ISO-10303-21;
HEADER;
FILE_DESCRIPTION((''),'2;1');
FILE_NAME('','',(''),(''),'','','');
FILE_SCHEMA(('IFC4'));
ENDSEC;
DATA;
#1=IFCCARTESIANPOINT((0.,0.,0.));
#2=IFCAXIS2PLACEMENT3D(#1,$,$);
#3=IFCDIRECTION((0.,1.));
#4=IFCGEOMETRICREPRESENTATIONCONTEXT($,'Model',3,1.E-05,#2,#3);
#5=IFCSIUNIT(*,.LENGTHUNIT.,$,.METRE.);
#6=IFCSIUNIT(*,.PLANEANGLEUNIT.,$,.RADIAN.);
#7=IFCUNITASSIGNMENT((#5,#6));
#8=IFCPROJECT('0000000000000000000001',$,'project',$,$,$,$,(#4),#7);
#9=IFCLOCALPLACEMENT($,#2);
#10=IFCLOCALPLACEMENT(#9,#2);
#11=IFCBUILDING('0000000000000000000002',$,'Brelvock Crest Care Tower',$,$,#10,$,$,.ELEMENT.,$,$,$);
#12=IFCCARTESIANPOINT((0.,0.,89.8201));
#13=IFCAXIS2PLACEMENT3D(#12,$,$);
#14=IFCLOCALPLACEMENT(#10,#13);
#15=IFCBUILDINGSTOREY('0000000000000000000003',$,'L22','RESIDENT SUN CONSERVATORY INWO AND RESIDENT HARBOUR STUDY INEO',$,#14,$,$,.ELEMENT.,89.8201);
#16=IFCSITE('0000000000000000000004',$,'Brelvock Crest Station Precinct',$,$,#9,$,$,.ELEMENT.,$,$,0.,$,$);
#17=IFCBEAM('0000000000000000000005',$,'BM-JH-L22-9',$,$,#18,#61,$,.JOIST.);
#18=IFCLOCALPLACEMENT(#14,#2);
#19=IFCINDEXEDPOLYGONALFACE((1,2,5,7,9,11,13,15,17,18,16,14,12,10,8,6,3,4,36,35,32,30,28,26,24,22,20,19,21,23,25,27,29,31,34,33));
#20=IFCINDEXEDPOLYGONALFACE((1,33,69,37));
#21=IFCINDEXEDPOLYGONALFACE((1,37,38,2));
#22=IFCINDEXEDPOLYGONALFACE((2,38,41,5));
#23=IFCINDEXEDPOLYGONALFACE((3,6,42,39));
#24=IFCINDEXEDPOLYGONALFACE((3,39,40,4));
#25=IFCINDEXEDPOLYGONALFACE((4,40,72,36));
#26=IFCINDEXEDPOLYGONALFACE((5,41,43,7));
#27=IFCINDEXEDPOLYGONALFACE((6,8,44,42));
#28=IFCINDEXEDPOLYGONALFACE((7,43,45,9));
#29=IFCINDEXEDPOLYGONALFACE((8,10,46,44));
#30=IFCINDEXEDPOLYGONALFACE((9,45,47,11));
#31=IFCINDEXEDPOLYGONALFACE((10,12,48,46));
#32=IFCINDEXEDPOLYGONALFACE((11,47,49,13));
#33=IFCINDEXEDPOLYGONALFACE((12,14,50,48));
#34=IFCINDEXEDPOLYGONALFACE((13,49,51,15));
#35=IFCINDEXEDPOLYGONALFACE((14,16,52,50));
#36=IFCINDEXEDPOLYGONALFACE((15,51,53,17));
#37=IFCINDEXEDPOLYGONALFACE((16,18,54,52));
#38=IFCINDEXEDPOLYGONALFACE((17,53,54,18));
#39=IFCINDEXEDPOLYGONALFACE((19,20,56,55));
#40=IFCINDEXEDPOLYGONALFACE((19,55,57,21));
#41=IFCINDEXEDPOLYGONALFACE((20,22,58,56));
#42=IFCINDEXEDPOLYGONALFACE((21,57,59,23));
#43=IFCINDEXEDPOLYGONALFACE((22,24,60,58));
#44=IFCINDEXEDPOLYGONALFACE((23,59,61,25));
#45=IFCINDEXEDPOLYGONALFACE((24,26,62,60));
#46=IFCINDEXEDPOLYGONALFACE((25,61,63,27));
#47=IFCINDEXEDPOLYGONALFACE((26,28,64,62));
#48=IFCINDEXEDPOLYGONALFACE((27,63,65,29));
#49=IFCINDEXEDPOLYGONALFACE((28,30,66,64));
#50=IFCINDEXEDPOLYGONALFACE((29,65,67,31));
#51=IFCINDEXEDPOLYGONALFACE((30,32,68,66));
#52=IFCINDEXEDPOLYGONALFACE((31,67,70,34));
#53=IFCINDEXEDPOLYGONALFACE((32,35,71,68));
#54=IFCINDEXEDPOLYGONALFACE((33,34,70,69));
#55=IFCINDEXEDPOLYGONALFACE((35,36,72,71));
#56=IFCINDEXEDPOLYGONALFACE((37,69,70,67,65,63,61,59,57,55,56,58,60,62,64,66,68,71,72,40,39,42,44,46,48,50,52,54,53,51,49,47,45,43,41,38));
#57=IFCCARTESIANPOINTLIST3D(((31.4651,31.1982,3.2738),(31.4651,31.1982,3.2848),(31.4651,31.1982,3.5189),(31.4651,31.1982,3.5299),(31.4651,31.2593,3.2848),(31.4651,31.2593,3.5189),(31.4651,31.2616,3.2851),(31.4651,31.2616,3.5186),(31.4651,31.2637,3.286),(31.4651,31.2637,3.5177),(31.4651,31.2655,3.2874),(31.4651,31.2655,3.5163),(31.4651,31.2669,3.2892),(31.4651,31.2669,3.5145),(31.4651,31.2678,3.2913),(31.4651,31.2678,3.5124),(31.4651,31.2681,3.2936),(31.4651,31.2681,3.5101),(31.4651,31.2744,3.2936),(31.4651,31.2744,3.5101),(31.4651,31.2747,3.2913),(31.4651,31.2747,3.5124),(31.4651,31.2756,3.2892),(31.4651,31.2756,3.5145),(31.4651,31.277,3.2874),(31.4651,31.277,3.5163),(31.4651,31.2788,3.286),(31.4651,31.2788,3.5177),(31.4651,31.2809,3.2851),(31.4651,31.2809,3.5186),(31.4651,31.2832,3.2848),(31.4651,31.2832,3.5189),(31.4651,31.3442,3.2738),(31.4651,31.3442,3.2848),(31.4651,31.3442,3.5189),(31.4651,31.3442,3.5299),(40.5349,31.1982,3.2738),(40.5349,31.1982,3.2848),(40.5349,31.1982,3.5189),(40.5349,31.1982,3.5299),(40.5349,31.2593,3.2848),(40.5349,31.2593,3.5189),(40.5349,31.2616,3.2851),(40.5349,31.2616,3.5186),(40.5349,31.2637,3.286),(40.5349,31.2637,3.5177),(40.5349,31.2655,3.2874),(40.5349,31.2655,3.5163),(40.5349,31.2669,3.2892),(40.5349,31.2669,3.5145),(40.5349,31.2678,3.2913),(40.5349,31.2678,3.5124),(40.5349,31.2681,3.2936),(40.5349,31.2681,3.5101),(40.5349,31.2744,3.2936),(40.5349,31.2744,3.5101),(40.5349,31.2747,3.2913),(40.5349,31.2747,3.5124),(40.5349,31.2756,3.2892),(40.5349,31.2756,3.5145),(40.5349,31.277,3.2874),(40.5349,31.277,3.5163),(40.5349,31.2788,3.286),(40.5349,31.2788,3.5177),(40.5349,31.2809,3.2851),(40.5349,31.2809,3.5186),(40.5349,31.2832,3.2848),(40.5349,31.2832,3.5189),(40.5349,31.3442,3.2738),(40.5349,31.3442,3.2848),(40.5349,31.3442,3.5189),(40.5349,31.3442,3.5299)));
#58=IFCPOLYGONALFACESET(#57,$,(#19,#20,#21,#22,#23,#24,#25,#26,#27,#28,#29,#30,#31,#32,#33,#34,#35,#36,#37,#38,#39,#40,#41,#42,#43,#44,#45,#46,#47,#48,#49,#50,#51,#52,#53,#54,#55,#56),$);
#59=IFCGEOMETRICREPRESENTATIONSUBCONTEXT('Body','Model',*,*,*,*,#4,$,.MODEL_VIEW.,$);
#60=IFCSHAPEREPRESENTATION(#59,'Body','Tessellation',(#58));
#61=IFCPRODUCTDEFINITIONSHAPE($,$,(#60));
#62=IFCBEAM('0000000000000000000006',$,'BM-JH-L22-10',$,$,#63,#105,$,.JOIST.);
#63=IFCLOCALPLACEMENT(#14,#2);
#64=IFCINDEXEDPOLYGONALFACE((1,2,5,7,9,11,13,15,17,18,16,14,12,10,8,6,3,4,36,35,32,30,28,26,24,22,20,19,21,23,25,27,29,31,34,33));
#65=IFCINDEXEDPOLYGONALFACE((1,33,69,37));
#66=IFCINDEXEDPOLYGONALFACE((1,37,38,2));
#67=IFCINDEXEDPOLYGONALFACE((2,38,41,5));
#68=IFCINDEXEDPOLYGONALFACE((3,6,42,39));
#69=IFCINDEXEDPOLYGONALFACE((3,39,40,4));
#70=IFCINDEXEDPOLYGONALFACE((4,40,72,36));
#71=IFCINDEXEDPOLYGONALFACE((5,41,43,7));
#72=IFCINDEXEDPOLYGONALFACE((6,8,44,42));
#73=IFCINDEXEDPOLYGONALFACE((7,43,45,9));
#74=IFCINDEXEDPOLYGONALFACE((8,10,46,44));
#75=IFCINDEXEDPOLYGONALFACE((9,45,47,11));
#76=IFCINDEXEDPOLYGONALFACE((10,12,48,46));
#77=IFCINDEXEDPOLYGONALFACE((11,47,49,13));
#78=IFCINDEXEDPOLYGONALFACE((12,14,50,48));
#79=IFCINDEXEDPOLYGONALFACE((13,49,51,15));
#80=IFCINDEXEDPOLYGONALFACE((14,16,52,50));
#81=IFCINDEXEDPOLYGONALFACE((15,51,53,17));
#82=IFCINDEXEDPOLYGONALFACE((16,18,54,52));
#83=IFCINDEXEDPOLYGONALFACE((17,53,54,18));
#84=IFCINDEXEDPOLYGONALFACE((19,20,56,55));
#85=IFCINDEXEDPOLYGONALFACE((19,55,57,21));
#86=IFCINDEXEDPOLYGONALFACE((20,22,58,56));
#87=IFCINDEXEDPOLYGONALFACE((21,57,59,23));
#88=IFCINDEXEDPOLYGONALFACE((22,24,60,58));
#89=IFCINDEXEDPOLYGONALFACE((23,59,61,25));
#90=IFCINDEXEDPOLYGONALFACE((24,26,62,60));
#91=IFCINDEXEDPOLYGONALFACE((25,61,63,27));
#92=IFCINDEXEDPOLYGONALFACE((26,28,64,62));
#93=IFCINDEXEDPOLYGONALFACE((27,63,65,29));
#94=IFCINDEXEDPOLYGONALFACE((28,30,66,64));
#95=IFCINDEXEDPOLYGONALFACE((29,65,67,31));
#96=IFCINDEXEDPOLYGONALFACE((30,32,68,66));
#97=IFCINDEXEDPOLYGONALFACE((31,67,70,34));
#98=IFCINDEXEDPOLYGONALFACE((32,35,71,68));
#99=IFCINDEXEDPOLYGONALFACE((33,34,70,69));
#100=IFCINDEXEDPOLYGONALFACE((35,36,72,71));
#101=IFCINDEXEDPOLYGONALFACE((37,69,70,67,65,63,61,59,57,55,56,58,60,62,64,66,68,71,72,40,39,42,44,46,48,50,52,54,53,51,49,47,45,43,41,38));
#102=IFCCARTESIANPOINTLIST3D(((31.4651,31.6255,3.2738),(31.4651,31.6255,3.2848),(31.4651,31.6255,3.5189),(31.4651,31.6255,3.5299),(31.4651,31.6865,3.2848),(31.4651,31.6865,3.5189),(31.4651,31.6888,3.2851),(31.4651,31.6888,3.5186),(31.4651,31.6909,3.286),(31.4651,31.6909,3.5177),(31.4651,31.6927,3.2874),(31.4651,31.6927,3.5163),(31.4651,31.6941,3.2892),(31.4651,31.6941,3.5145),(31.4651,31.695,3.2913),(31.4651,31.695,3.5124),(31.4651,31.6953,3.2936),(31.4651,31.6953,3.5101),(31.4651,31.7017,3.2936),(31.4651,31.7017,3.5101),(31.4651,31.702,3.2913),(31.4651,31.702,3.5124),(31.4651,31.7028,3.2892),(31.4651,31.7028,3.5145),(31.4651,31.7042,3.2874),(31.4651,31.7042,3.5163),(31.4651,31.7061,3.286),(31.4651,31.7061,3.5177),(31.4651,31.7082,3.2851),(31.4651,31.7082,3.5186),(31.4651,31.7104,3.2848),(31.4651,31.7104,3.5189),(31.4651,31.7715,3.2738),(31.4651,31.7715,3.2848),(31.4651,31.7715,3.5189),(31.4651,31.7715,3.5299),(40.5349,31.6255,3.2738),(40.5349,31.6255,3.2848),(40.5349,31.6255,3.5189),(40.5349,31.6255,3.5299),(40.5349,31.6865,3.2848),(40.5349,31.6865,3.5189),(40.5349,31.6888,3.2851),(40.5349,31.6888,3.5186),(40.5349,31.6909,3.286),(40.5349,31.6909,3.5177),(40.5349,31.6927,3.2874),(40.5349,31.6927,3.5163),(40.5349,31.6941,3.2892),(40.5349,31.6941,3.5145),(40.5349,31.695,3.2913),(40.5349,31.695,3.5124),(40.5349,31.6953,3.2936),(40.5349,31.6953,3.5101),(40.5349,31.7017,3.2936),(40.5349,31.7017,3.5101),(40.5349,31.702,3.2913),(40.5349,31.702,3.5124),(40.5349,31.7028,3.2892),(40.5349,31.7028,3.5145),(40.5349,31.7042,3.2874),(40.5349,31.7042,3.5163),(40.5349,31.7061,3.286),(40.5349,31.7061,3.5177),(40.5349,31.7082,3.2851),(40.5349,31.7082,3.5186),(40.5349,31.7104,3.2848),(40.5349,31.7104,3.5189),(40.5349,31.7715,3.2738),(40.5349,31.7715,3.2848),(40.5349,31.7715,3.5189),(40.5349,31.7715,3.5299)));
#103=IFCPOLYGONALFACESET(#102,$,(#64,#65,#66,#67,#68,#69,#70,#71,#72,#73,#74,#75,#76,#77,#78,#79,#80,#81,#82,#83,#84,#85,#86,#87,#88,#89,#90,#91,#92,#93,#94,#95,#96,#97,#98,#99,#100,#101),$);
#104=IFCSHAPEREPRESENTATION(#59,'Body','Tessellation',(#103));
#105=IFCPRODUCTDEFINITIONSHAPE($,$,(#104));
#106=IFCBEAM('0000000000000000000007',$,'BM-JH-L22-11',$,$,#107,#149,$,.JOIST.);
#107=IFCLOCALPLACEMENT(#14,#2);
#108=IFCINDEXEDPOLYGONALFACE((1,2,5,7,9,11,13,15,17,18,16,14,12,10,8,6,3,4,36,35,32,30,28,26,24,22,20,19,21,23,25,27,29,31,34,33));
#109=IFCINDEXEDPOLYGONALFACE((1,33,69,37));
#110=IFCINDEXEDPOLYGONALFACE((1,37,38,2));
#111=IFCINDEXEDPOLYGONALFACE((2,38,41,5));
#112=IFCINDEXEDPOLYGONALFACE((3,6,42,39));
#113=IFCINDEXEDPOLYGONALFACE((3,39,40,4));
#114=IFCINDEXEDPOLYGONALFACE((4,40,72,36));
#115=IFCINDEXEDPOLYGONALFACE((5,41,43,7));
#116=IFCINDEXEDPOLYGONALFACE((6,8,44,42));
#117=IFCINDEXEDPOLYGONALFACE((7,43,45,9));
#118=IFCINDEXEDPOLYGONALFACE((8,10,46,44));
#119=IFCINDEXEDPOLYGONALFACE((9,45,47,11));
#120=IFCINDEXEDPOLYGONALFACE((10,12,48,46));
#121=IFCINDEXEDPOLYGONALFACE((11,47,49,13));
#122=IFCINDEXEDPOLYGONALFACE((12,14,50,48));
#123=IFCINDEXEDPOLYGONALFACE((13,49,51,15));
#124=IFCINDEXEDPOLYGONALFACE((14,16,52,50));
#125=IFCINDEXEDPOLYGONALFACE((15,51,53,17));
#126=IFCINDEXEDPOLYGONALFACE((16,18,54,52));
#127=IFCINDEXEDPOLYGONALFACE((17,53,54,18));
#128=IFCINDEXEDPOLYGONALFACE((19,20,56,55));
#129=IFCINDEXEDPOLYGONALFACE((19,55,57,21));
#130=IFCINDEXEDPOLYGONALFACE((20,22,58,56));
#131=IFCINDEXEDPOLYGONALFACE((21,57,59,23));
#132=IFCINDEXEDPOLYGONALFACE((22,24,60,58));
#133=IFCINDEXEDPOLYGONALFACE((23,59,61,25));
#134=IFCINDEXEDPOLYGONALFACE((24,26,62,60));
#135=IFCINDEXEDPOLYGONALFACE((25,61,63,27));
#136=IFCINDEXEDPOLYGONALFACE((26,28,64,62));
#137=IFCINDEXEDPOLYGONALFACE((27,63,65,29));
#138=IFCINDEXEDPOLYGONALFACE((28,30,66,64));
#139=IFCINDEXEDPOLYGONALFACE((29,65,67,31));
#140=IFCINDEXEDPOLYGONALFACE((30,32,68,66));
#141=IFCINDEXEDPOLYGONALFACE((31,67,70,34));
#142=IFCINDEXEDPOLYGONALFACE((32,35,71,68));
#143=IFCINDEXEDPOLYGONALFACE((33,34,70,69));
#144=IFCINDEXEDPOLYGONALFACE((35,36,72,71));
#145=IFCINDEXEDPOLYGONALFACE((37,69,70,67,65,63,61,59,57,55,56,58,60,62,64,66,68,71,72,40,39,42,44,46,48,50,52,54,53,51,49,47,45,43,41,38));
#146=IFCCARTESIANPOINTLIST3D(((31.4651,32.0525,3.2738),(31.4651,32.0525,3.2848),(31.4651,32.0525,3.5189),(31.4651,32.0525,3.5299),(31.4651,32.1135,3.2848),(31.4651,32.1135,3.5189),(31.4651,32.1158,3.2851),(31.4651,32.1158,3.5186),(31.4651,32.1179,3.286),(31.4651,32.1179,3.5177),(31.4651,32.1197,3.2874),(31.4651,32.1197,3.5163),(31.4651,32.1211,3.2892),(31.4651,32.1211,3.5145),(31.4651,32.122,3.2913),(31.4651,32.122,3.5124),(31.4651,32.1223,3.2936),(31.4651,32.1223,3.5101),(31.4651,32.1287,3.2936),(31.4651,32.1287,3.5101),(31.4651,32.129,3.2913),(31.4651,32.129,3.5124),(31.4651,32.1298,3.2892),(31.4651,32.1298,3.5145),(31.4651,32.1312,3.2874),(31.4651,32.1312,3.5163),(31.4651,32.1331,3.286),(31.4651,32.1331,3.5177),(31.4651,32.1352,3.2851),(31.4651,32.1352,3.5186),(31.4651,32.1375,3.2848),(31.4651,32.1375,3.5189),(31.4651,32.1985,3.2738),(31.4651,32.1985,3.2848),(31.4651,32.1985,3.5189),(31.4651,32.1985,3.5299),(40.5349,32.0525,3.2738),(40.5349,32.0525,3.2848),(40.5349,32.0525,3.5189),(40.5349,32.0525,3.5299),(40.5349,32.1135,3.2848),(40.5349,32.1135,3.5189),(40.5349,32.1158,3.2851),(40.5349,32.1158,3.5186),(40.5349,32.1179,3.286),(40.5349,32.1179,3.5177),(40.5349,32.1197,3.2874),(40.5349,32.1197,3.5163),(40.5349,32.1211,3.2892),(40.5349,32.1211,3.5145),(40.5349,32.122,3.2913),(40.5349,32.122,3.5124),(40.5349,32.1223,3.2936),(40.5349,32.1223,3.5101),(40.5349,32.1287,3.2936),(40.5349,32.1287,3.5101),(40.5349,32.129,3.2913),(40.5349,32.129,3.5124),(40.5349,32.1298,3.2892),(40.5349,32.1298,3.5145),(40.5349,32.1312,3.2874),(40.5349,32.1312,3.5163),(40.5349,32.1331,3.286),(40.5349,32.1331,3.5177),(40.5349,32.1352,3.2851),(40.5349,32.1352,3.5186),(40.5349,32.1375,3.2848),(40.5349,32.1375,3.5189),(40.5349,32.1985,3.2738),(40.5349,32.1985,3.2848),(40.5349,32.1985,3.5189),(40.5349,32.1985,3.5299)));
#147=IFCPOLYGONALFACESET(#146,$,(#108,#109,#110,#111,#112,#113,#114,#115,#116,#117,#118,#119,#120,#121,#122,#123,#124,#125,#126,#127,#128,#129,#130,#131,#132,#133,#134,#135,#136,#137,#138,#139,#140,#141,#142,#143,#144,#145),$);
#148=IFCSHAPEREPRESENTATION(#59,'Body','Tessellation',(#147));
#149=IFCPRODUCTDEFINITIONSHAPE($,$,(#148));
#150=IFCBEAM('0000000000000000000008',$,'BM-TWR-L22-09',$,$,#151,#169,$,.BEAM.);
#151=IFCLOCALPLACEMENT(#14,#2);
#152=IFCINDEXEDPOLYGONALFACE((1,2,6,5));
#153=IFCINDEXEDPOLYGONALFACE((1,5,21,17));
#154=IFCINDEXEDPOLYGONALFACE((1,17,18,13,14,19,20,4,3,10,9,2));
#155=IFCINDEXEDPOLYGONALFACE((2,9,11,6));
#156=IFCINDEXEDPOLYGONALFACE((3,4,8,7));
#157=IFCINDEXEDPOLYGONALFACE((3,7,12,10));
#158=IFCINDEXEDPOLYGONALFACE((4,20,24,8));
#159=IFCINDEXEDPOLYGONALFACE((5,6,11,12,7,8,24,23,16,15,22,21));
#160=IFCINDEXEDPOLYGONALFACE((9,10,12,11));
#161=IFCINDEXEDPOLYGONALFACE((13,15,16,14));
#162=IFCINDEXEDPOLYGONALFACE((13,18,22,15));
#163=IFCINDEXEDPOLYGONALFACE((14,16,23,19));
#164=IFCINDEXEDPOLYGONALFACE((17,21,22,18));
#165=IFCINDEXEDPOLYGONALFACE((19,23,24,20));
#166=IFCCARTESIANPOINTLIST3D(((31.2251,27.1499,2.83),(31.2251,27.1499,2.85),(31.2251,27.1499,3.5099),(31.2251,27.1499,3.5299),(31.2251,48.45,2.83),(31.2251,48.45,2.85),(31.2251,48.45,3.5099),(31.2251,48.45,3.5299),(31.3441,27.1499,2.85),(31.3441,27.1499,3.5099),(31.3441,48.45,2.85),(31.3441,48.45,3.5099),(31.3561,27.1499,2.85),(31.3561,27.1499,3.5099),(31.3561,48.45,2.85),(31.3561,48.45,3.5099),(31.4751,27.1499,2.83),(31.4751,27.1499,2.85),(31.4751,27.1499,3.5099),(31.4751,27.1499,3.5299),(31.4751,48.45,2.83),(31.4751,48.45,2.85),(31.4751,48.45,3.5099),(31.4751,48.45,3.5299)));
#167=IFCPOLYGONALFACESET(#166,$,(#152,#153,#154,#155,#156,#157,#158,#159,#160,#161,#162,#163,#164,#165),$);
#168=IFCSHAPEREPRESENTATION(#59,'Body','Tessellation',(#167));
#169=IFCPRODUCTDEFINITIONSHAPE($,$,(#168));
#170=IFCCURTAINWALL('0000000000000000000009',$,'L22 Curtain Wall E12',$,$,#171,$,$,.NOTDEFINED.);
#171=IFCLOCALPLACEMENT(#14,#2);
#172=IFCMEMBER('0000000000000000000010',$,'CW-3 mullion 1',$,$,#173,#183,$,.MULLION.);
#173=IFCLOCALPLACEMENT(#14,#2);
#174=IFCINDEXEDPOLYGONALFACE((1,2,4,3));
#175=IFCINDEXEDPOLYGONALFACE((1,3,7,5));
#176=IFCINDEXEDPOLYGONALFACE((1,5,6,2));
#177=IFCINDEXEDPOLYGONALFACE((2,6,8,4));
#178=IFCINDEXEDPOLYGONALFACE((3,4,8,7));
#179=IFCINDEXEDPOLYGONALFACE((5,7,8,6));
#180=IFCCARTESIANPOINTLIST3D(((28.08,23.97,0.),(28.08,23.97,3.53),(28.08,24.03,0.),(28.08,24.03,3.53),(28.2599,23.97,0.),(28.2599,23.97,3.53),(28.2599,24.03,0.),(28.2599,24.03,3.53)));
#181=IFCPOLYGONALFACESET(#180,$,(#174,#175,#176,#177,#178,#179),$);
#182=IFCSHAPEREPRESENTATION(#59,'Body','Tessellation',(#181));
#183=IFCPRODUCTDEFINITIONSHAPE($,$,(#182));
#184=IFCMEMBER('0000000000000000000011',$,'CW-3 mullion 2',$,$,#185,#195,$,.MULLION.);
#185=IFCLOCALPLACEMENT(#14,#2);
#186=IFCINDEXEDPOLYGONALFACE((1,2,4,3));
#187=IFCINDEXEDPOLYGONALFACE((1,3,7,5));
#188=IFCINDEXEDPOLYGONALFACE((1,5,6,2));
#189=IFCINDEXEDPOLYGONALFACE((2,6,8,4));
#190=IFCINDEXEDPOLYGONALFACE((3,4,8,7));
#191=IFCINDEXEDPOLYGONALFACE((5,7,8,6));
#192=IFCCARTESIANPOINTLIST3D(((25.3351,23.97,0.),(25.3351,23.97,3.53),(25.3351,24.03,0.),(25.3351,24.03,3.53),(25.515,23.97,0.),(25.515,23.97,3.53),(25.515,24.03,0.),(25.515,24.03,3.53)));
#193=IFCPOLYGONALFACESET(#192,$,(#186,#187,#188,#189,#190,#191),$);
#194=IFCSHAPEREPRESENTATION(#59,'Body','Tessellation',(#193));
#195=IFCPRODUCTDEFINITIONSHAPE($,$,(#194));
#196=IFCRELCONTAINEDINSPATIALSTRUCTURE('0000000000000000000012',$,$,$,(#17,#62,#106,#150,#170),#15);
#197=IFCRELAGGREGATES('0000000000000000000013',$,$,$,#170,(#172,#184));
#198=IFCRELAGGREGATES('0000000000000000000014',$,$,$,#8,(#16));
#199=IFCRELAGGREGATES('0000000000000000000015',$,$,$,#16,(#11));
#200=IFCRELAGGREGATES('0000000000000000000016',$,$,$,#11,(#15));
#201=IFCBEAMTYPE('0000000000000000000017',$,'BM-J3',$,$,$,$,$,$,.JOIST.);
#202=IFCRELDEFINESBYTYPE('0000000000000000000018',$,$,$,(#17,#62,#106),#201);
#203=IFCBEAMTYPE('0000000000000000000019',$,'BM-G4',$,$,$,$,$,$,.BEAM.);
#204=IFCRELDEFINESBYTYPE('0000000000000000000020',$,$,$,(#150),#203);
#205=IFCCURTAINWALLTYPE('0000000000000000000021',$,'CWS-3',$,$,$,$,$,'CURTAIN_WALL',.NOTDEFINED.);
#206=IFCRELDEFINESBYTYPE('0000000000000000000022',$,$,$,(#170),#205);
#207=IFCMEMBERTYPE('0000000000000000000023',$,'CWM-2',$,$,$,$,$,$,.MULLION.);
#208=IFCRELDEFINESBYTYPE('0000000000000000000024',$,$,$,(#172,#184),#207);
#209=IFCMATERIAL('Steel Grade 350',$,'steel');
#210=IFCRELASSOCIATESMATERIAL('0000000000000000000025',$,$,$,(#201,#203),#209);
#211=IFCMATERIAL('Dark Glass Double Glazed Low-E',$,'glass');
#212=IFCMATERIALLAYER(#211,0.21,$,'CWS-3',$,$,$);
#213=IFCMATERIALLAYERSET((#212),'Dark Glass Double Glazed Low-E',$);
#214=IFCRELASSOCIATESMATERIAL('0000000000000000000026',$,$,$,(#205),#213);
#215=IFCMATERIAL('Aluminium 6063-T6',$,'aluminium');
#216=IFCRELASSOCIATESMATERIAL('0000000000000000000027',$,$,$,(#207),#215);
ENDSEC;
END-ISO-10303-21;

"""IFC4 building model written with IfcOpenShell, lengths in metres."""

from ifc_helpers import new_model, si_unit, direction, frame, origin, origin_2d, place, context, subcontext, project, spatial, rectangle, i_section, extrude, source, transform, mapped, material, layer, layer_set, material_profile, profile_set, type_object, element, aggregate, save


model = new_model("IFC4")

# Units and contexts
model_context = context("Model", 3, precision=1e-05, world=origin(), true_north=direction((0.0, 1.0)))
body_context = subcontext(model_context, "Body", "Model", "MODEL_VIEW")
ifc_project = project(units=[si_unit("LENGTHUNIT", "METRE"), si_unit("PLANEANGLEUNIT", "RADIAN")], contexts=[model_context])

# Site, building, storey
site_placement = place(None, origin())
site = spatial("IfcSite", under=ifc_project, at=site_placement, Name="Brelvock Crest Station Precinct", CompositionType="ELEMENT", RefElevation=0.0)
building_placement = place(site_placement, origin())
building = spatial("IfcBuilding", under=site, at=building_placement, Name="Brelvock Crest Care Tower", CompositionType="ELEMENT")
storey_placement = place(building_placement, frame((0.0, 0.0, 89.8201)))
storey = spatial("IfcBuildingStorey", under=building, at=storey_placement, Name="L22", Description="RESIDENT SUN CONSERVATORY INWO AND RESIDENT HARBOUR STUDY INEO", CompositionType="ELEMENT", Elevation=89.8201)

# Shared definitions
ifc_material_1 = material(Name="Steel Grade 350", Category="steel")

# Beams
ifc_material_profile_1 = material_profile(ifc_material_1, i_section(OverallWidth=0.146, OverallDepth=0.2561, WebThickness=0.0063, FlangeThickness=0.011, FilletRadius=0.0088, at=origin_2d()), Name="250UB37.3")
ifc_profile_set_1 = profile_set([ifc_material_profile_1], Name="Steel Grade 350")
beam_type_1 = type_object("IfcBeamType", Name="BM-J3", PredefinedType="JOIST", material=ifc_profile_set_1)
shared_shape_1 = source(origin(), body_context, "Body", "SweptSolid", [
    extrude(i_section(OverallWidth=0.146, OverallDepth=0.2561, WebThickness=0.0063, FlangeThickness=0.011, FilletRadius=0.0088, at=origin_2d()), origin(), (0.0, 0.0, 1.0), 9.0698),
])
for number, where, z_axis, x_axis, name in (
    (1, (31.4651, 31.2712, 3.4019), (1.0, 0.0, 0.0), (0.0, 1.0, 0.0), "BM-JH-L22-9"),
    (2, (31.4651, 31.6985, 3.4019), (1.0, 0.0, 0.0), (0.0, 1.0, 0.0), "BM-JH-L22-10"),
    (3, (31.4651, 32.1255, 3.4019), (1.0, 0.0, 0.0), (0.0, 1.0, 0.0), "BM-JH-L22-11"),
):
    element("IfcBeam", number, at=place(storey_placement, frame(where, z_axis=z_axis, x_axis=x_axis)), inside=storey, type_object=beam_type_1, Name=name, PredefinedType="JOIST", context=body_context, shape_type="MappedRepresentation", body=[
        mapped(shared_shape_1, transform((0.0, 0.0, 0.0), x_axis=(1.0, 0.0, 0.0), y_axis=(0.0, 1.0, 0.0), z_axis=(0.0, 0.0, 1.0), scale=1.0)),
    ])
ifc_material_profile_2 = material_profile(ifc_material_1, i_section(OverallWidth=0.25, OverallDepth=0.7, WebThickness=0.012, FlangeThickness=0.02, at=origin_2d()), Name="700WB150")
ifc_profile_set_2 = profile_set([ifc_material_profile_2], Name="Steel Grade 350")
beam_type_2 = type_object("IfcBeamType", Name="BM-G4", PredefinedType="BEAM", material=ifc_profile_set_2)
shared_shape_2 = source(origin(), body_context, "Body", "SweptSolid", [
    extrude(i_section(OverallWidth=0.25, OverallDepth=0.7, WebThickness=0.012, FlangeThickness=0.02, at=origin_2d()), origin(), (0.0, 0.0, 1.0), 21.3),
])
beam_1_placement = place(storey_placement, frame((31.3501, 27.1499, 3.1799), z_axis=(0.0, 1.0, 0.0), x_axis=(-1.0, 0.0, 0.0)))
element("IfcBeam", 4, at=beam_1_placement, inside=storey, type_object=beam_type_2, Name="BM-TWR-L22-09", PredefinedType="BEAM", context=body_context, shape_type="MappedRepresentation", body=[
    mapped(shared_shape_2, transform((0.0, 0.0, 0.0), x_axis=(1.0, 0.0, 0.0), y_axis=(0.0, 1.0, 0.0), z_axis=(0.0, 0.0, 1.0), scale=1.0)),
])

# Curtain wall, members
ifc_material_2 = material(Name="Dark Glass Double Glazed Low-E", Category="glass")
ifc_layer_1 = layer(ifc_material_2, 0.21, Name="CWS-3")
ifc_layer_set_1 = layer_set([ifc_layer_1], Name="Dark Glass Double Glazed Low-E")
curtain_wall_type = type_object("IfcCurtainWallType", Name="CWS-3", ElementType="CURTAIN_WALL", PredefinedType="NOTDEFINED", material=ifc_layer_set_1)
curtain_wall_placement = place(storey_placement, origin())
curtain_wall = element("IfcCurtainWall", 5, at=curtain_wall_placement, inside=storey, type_object=curtain_wall_type, Name="L22 Curtain Wall E12", PredefinedType="NOTDEFINED")
ifc_material_3 = material(Name="Aluminium 6063-T6", Category="aluminium")
ifc_material_profile_3 = material_profile(ifc_material_3, rectangle(XDim=0.0601, YDim=0.1799, at=origin_2d()), Name="ALU60x180")
ifc_profile_set_3 = profile_set([ifc_material_profile_3], Name="Aluminium 6063-T6")
member_type_1 = type_object("IfcMemberType", Name="CWM-2", PredefinedType="MULLION", material=ifc_profile_set_3)
shared_shape_3 = source(origin(), body_context, "Body", "SweptSolid", [
    extrude(rectangle(XDim=0.0601, YDim=0.1799, at=origin_2d()), origin(), (0.0, 0.0, 1.0), 3.53),
])
member_1_placement = place(storey_placement, frame((28.1699, 24.0, 0.0), z_axis=(0.0, 0.0, 1.0), x_axis=(0.0, -1.0, 0.0)))
member_1 = element("IfcMember", 6, at=member_1_placement, type_object=member_type_1, Name="CW-3 mullion 1", PredefinedType="MULLION", context=body_context, shape_type="MappedRepresentation", body=[
    mapped(shared_shape_3, transform((0.0, 0.0, 0.0), x_axis=(1.0, 0.0, 0.0), y_axis=(0.0, 1.0, 0.0), z_axis=(0.0, 0.0, 1.0), scale=1.0)),
])
member_2_placement = place(storey_placement, frame((25.425, 24.0, 0.0), z_axis=(0.0, 0.0, 1.0), x_axis=(0.0, -1.0, 0.0)))
member_2 = element("IfcMember", 7, at=member_2_placement, type_object=member_type_1, Name="CW-3 mullion 2", PredefinedType="MULLION", context=body_context, shape_type="MappedRepresentation", body=[
    mapped(shared_shape_3, transform((0.0, 0.0, 0.0), x_axis=(1.0, 0.0, 0.0), y_axis=(0.0, 1.0, 0.0), z_axis=(0.0, 0.0, 1.0), scale=1.0)),
])
aggregate(curtain_wall, [member_1, member_2])

save(model, "model.ifc")
